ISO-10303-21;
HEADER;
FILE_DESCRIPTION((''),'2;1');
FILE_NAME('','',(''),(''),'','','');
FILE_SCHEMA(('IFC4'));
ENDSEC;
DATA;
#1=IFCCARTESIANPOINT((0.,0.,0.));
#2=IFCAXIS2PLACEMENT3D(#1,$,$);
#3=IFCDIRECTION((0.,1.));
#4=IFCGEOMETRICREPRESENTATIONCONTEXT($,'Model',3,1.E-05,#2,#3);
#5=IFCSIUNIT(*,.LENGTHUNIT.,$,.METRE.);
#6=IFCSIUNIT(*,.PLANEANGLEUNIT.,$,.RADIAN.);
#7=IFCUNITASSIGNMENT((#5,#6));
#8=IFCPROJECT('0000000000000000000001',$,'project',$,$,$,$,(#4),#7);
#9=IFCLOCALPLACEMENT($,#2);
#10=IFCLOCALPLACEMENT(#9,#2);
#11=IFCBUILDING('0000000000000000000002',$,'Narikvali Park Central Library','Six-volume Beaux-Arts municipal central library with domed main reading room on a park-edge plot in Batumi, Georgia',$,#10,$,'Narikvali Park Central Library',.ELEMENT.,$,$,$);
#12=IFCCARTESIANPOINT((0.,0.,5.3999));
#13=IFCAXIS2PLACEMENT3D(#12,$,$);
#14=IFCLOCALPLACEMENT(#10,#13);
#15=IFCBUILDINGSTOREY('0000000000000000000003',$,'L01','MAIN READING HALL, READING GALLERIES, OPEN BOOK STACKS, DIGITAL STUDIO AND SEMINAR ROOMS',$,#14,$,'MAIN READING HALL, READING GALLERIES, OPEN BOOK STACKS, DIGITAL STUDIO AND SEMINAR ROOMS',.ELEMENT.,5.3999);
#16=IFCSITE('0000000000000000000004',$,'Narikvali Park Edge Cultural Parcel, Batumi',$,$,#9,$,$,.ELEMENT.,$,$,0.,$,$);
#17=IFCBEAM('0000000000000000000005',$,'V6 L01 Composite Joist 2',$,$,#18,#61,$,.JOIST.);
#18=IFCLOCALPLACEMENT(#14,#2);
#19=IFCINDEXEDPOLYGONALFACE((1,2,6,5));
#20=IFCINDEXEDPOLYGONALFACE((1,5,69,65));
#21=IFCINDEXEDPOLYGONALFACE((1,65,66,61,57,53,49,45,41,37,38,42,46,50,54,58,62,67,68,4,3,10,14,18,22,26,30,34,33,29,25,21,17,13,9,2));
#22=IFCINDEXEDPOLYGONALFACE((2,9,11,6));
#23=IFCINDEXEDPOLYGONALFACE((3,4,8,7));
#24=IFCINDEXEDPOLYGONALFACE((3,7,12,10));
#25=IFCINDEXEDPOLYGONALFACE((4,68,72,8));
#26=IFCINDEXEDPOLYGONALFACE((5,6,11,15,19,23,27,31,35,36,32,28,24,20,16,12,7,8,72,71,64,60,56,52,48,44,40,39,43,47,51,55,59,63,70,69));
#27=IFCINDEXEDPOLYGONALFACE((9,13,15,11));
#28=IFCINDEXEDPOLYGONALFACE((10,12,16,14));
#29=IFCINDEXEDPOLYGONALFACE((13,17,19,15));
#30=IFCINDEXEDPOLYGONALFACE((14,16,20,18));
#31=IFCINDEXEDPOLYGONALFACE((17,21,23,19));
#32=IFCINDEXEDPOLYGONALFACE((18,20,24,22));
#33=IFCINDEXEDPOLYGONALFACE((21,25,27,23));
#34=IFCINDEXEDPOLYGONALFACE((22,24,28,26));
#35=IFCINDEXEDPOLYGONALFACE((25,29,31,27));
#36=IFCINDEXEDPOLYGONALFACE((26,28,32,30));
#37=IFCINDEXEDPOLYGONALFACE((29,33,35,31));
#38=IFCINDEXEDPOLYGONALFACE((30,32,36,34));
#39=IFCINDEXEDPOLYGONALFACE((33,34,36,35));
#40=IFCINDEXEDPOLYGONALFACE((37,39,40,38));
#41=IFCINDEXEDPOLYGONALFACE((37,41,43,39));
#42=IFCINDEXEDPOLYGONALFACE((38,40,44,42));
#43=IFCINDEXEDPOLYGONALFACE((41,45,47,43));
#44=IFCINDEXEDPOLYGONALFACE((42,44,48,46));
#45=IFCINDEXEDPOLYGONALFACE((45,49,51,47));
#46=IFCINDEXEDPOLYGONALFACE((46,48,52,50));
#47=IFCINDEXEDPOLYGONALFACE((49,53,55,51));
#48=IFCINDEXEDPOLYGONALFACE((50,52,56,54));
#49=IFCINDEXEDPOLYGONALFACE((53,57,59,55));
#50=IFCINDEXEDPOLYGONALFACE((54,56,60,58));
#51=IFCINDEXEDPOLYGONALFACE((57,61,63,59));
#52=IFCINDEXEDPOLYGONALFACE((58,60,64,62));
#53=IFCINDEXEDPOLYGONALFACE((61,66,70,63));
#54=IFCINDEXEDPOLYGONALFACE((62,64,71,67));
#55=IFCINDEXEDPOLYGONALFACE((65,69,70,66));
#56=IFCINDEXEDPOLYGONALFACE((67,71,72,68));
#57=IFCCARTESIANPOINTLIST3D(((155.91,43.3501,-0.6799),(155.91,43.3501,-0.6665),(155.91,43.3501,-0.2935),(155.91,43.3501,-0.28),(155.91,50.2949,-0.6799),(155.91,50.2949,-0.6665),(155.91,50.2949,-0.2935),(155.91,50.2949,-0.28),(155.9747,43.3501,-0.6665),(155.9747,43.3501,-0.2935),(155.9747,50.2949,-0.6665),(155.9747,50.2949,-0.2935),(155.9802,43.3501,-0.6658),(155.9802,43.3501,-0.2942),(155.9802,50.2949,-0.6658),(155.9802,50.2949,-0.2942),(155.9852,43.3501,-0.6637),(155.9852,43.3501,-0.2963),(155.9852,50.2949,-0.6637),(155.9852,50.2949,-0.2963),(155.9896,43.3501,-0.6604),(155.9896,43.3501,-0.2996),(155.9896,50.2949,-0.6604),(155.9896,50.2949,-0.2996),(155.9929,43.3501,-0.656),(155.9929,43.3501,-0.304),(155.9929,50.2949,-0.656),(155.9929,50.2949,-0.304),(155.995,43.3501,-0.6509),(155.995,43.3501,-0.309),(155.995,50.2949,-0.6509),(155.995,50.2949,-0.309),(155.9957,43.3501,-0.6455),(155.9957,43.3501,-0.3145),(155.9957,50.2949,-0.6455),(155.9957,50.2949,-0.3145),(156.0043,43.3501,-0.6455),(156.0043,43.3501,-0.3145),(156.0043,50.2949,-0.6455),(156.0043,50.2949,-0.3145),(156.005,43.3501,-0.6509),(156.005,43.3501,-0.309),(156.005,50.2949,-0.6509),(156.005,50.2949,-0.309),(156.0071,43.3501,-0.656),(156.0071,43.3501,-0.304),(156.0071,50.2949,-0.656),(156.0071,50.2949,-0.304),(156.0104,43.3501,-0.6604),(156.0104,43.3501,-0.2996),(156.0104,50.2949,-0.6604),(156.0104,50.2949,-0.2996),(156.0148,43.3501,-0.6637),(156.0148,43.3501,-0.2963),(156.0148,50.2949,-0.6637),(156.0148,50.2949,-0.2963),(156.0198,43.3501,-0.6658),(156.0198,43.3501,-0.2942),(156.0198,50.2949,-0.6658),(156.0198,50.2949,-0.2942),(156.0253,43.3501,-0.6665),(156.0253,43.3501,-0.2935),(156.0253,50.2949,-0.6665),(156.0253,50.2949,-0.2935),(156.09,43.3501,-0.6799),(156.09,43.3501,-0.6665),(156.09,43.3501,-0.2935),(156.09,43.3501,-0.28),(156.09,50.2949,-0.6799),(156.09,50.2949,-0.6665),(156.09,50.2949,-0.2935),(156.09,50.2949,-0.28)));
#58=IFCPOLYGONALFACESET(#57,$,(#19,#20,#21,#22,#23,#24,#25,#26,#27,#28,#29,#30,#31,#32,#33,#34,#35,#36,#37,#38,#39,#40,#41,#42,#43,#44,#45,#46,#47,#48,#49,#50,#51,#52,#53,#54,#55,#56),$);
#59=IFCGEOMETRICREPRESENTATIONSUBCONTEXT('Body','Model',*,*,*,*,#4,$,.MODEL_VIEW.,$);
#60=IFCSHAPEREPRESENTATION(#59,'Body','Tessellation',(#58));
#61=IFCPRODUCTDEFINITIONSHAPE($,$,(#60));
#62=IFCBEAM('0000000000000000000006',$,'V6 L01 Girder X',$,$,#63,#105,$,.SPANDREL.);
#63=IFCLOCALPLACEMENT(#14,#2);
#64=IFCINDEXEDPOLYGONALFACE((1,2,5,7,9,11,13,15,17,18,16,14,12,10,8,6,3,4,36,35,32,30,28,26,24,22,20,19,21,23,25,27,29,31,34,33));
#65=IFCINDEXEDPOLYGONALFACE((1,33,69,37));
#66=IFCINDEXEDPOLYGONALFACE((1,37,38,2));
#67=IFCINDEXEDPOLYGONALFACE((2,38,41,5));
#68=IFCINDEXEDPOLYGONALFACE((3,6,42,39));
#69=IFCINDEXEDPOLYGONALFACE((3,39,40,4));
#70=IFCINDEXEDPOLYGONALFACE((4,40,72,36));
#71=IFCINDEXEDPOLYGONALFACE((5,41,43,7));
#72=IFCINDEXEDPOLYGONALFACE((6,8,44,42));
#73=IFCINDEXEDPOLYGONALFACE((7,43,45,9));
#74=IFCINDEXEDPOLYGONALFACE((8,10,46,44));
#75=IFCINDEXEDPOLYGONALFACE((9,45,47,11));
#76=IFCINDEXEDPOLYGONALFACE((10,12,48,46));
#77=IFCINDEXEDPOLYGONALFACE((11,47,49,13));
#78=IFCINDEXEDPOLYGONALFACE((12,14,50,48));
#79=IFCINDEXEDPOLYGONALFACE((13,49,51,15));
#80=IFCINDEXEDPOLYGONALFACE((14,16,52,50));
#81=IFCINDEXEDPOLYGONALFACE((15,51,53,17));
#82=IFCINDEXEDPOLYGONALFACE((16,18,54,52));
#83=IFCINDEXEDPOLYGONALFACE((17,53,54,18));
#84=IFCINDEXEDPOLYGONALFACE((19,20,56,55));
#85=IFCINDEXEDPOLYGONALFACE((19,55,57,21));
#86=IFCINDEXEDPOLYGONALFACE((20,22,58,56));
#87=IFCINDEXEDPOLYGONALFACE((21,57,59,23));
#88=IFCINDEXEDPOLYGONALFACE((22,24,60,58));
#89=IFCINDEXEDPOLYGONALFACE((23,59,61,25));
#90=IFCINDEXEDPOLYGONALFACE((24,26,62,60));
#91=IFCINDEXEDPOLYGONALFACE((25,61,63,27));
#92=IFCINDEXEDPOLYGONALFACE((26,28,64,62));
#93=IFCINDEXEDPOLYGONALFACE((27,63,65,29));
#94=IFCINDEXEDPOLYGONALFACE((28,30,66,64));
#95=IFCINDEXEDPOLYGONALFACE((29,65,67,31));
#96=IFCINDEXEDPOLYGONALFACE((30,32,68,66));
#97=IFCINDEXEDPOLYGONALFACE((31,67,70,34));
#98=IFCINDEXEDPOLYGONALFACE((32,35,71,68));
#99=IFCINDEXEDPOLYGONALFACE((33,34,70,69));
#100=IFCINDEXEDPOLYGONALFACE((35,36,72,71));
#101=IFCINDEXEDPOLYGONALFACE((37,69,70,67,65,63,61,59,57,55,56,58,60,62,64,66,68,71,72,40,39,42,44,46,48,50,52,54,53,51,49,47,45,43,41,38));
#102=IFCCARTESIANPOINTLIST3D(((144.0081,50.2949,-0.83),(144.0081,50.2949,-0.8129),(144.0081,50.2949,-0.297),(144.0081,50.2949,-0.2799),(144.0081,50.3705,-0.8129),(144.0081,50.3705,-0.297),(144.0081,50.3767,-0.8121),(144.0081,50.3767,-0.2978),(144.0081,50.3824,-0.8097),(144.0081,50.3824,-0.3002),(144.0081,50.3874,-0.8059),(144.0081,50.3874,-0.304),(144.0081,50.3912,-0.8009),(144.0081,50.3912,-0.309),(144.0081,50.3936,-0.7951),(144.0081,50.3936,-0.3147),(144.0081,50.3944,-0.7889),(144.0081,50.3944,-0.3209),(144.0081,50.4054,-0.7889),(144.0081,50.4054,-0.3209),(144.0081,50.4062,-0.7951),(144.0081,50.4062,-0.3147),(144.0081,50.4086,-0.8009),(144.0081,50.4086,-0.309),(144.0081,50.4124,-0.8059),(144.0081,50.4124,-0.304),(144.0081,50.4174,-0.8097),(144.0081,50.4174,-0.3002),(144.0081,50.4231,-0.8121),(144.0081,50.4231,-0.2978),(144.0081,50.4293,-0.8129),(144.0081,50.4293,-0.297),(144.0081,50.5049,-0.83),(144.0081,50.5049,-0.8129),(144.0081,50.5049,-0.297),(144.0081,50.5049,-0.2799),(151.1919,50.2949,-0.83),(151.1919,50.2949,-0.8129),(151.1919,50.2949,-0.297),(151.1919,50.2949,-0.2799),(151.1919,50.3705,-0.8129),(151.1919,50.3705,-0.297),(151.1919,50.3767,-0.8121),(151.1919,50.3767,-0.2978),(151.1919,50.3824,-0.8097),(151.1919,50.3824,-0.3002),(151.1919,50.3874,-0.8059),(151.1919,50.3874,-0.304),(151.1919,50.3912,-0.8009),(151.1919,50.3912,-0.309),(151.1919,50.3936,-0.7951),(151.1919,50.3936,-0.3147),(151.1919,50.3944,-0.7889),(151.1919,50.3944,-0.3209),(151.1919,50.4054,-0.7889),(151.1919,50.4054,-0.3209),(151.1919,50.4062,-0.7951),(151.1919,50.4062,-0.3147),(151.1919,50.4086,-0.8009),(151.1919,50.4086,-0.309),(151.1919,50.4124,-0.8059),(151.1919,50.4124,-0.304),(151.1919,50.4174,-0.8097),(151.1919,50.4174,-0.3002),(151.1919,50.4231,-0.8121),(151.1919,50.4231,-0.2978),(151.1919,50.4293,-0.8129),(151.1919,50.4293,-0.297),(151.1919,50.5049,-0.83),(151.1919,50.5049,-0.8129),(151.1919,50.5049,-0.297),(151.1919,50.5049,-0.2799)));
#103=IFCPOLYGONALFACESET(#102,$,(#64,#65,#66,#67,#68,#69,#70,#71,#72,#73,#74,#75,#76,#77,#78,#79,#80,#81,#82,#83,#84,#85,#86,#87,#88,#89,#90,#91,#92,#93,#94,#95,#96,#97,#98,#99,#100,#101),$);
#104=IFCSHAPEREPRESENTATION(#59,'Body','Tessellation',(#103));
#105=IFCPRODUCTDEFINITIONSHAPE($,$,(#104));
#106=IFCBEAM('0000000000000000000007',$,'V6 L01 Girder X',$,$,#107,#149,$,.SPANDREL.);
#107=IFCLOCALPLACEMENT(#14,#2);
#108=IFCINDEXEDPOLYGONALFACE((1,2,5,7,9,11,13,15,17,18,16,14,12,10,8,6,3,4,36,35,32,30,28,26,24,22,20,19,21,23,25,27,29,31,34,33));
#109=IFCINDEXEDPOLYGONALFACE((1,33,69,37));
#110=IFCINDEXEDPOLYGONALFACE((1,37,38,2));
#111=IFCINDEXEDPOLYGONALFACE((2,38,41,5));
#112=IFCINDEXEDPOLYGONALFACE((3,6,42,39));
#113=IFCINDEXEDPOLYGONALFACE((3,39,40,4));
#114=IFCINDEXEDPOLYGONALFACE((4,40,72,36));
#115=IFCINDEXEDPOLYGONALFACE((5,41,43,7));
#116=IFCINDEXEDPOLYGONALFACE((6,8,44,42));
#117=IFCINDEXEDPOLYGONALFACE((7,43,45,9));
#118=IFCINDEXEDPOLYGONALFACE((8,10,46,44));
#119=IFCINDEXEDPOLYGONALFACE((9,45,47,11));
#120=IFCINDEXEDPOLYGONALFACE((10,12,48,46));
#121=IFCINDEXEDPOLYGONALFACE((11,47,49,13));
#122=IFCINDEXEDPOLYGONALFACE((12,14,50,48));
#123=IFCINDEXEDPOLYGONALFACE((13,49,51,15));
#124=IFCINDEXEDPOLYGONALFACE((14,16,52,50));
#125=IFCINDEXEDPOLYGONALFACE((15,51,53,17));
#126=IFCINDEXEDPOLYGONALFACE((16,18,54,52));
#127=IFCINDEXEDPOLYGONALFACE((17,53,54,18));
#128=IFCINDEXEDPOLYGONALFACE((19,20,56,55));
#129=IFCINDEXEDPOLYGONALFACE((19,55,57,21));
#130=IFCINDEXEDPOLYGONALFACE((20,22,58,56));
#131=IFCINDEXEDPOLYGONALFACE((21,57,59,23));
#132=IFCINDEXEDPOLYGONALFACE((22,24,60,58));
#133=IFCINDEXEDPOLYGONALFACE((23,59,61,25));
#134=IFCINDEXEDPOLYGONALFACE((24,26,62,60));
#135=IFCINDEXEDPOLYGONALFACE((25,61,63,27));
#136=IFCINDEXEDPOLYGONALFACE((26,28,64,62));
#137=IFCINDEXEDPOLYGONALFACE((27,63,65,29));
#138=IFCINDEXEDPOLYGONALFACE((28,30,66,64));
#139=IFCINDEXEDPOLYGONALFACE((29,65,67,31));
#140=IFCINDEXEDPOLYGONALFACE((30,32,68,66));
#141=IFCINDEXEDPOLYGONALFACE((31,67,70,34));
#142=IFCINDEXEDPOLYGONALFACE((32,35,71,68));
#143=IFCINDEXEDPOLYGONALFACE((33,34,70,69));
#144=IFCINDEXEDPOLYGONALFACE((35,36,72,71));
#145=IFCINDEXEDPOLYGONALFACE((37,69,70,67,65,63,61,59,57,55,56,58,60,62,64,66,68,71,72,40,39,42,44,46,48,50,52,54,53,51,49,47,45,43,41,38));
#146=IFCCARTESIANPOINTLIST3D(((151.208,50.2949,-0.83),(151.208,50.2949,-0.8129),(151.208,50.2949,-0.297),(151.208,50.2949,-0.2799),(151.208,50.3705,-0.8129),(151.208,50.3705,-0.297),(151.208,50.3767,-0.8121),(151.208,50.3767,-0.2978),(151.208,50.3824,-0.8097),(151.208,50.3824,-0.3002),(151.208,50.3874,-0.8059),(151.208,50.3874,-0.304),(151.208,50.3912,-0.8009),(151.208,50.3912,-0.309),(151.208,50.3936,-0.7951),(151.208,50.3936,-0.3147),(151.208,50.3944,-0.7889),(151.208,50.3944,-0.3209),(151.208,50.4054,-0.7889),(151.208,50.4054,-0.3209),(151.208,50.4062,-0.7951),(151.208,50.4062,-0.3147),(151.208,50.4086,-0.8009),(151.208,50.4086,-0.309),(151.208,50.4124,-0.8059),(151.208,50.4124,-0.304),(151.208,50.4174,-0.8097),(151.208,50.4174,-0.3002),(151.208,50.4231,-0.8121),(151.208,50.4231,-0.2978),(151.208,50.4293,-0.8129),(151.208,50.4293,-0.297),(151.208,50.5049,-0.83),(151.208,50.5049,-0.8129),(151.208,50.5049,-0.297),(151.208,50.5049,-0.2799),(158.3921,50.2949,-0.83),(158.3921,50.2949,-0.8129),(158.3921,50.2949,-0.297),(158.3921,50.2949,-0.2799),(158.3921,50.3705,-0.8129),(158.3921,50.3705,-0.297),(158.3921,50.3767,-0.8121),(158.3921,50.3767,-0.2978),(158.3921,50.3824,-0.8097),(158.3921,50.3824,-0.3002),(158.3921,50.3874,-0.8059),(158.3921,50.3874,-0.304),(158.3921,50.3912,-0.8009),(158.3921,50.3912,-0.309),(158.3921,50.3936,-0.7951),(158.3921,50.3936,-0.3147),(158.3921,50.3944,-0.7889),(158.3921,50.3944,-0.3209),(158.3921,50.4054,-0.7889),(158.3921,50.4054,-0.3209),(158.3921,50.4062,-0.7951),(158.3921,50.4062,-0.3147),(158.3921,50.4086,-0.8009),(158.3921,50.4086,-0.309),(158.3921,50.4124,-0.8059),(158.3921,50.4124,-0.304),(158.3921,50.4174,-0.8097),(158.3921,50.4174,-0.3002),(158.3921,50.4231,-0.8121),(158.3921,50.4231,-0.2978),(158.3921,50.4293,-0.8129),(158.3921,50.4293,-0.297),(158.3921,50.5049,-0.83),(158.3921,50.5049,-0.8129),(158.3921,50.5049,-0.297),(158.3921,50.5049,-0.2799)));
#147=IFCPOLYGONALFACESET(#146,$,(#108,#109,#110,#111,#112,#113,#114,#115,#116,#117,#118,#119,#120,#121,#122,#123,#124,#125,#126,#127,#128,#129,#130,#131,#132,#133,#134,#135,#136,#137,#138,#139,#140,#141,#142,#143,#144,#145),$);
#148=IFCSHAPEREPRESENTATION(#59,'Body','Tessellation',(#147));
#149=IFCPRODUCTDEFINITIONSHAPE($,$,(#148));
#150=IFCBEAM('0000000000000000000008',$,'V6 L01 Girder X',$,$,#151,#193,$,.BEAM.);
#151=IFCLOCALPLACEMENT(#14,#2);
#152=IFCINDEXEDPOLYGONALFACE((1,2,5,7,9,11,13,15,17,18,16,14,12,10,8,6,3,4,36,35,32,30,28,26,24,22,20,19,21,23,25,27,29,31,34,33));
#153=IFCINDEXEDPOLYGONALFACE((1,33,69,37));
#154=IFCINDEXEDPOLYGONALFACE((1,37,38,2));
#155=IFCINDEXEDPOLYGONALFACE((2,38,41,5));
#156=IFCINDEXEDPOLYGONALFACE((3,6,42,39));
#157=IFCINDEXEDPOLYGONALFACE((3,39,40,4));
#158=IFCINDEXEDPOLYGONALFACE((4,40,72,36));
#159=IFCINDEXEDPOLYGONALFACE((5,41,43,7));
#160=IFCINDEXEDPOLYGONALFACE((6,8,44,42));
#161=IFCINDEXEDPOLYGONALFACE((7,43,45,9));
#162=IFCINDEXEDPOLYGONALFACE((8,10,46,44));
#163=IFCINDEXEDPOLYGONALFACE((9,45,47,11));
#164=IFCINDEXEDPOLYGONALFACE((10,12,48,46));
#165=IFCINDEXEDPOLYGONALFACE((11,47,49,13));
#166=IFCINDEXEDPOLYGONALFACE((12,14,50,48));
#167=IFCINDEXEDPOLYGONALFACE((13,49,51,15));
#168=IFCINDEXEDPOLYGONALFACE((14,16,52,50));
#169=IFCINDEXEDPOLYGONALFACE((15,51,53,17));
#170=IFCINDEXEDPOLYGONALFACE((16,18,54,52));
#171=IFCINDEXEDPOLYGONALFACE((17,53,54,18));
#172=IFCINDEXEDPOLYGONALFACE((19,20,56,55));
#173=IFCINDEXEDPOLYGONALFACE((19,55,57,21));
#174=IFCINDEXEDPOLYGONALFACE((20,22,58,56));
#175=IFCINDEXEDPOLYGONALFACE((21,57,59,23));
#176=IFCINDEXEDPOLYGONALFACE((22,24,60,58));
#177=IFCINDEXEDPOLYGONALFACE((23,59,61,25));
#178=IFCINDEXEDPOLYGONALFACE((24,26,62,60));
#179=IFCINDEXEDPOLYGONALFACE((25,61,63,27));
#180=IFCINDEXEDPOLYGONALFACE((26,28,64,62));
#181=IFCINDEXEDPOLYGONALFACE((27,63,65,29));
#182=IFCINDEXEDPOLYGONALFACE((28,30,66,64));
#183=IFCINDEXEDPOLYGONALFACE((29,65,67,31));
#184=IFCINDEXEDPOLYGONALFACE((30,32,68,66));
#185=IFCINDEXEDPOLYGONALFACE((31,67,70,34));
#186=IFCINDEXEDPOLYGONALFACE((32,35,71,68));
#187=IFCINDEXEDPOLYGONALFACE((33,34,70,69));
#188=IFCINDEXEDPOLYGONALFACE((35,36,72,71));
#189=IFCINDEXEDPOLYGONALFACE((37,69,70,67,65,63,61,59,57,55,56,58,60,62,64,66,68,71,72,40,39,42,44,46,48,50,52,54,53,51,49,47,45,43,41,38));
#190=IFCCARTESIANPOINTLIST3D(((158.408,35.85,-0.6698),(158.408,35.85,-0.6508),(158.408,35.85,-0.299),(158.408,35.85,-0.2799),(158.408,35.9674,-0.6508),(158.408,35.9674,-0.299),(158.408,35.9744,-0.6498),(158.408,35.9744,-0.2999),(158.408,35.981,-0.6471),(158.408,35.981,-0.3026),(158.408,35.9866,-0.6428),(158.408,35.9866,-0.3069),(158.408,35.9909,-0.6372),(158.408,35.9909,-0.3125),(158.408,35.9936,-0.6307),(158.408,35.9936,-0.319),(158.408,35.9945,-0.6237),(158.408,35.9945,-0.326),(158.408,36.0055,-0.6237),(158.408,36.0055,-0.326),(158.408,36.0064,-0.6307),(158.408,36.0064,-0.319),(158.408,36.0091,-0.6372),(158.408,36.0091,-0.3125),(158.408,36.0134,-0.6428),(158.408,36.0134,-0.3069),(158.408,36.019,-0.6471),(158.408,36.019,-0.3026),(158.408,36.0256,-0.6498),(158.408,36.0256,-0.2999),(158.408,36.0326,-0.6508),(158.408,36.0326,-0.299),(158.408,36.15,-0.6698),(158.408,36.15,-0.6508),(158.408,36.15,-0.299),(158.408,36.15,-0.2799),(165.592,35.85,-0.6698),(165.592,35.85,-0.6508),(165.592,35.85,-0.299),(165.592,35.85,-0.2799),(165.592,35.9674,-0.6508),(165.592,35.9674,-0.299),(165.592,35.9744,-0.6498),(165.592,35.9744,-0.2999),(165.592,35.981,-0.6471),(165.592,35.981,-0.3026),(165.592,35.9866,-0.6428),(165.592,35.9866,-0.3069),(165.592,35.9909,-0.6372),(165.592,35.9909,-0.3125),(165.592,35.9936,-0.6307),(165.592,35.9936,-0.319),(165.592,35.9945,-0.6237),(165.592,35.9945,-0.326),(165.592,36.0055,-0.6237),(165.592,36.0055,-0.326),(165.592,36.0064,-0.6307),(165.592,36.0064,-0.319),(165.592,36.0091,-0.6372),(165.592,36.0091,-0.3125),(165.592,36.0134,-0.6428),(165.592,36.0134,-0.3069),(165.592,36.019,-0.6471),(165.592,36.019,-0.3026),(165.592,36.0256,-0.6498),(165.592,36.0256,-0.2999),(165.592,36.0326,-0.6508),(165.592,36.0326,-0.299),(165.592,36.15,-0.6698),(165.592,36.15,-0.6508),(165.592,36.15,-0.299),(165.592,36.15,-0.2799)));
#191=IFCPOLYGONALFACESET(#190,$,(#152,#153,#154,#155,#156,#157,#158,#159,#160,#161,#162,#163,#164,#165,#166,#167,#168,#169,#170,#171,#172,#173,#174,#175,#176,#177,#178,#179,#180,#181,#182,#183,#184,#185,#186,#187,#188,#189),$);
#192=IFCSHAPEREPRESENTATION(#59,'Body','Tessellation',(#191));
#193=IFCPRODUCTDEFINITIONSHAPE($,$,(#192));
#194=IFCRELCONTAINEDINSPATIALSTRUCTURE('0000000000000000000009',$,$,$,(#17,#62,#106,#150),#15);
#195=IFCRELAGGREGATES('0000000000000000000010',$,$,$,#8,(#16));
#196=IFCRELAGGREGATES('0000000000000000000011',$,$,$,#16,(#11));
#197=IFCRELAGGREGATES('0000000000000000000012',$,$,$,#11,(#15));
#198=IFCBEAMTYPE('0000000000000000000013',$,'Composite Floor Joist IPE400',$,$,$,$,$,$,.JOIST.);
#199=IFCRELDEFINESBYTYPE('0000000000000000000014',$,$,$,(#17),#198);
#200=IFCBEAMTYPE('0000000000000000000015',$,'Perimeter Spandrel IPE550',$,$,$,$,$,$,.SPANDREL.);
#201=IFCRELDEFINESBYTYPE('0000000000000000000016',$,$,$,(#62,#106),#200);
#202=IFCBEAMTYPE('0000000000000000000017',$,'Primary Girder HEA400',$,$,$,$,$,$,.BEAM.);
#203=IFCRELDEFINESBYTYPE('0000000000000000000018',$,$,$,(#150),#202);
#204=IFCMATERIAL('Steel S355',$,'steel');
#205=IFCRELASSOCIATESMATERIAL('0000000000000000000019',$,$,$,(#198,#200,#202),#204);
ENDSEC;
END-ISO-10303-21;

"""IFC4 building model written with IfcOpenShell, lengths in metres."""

from ifc_helpers import new_model, si_unit, direction, frame, origin, origin_2d, place, context, subcontext, project, spatial, i_section, extrude, material, material_profile, profile_set, type_object, element, save


model = new_model("IFC4")

# Units and contexts
model_context = context("Model", 3, precision=1e-05, world=origin(), true_north=direction((0.0, 1.0)))
body_context = subcontext(model_context, "Body", "Model", "MODEL_VIEW")
ifc_project = project(units=[si_unit("LENGTHUNIT", "METRE"), si_unit("PLANEANGLEUNIT", "RADIAN")], contexts=[model_context])

# Site, building, storey
site_placement = place(None, origin())
site = spatial("IfcSite", under=ifc_project, at=site_placement, Name="Narikvali Park Edge Cultural Parcel, Batumi", CompositionType="ELEMENT", RefElevation=0.0)
building_placement = place(site_placement, origin())
building = spatial("IfcBuilding", under=site, at=building_placement, Name="Narikvali Park Central Library", Description="Six-volume Beaux-Arts municipal central library with domed main reading room on a park-edge plot in Batumi, Georgia", LongName="Narikvali Park Central Library", CompositionType="ELEMENT")
storey_placement = place(building_placement, frame((0.0, 0.0, 5.3999)))
storey = spatial("IfcBuildingStorey", under=building, at=storey_placement, Name="L01", Description="MAIN READING HALL, READING GALLERIES, OPEN BOOK STACKS, DIGITAL STUDIO AND SEMINAR ROOMS", LongName="MAIN READING HALL, READING GALLERIES, OPEN BOOK STACKS, DIGITAL STUDIO AND SEMINAR ROOMS", CompositionType="ELEMENT", Elevation=5.3999)

# Shared definitions
ifc_material_1 = material(Name="Steel S355", Category="steel")

# Beams
ifc_material_profile_1 = material_profile(ifc_material_1, i_section(OverallWidth=0.1799, OverallDepth=0.3999, WebThickness=0.0085, FlangeThickness=0.0134, FilletRadius=0.021, at=origin_2d()), Name="IPE 400")
ifc_profile_set_1 = profile_set([ifc_material_profile_1], Name="Steel S355")
beam_type_1 = type_object("IfcBeamType", Name="Composite Floor Joist IPE400", PredefinedType="JOIST", material=ifc_profile_set_1)
for number, where, z_axis, x_axis, name in (
    (1, (156.0, 43.3501, -0.48), (0.0, 1.0, 0.0), (-1.0, 0.0, 0.0), "V6 L01 Composite Joist 2"),
):
    element("IfcBeam", number, at=place(storey_placement, frame(where, z_axis=z_axis, x_axis=x_axis)), inside=storey, type_object=beam_type_1, Name=name, PredefinedType="JOIST", context=body_context, shape_type="SweptSolid", body=[
        extrude(i_section(OverallWidth=0.1799, OverallDepth=0.3999, WebThickness=0.0085, FlangeThickness=0.0134, FilletRadius=0.021, at=origin_2d()), origin(), (0.0, 0.0, 1.0), 6.9448),
    ])
ifc_material_profile_2 = material_profile(ifc_material_1, i_section(OverallWidth=0.21, OverallDepth=0.55, WebThickness=0.011, FlangeThickness=0.0171, FilletRadius=0.0239, at=origin_2d()), Name="IPE 550")
ifc_profile_set_2 = profile_set([ifc_material_profile_2], Name="Steel S355")
beam_type_2 = type_object("IfcBeamType", Name="Perimeter Spandrel IPE550", PredefinedType="SPANDREL", material=ifc_profile_set_2)
beam_1_placement = place(storey_placement, frame((144.0081, 50.3999, -0.5549), z_axis=(1.0, 0.0, 0.0), x_axis=(0.0, 1.0, 0.0)))
element("IfcBeam", 2, at=beam_1_placement, inside=storey, type_object=beam_type_2, Name="V6 L01 Girder X", PredefinedType="SPANDREL", context=body_context, shape_type="SweptSolid", body=[
    extrude(i_section(OverallWidth=0.21, OverallDepth=0.55, WebThickness=0.011, FlangeThickness=0.0171, FilletRadius=0.0239, at=origin_2d()), origin(), (0.0, 0.0, 1.0), 7.1838),
])
beam_2_placement = place(storey_placement, frame((151.208, 50.3999, -0.5549), z_axis=(1.0, 0.0, 0.0), x_axis=(0.0, 1.0, 0.0)))
element("IfcBeam", 3, at=beam_2_placement, inside=storey, type_object=beam_type_2, Name="V6 L01 Girder X", PredefinedType="SPANDREL", context=body_context, shape_type="SweptSolid", body=[
    extrude(i_section(OverallWidth=0.21, OverallDepth=0.55, WebThickness=0.011, FlangeThickness=0.0171, FilletRadius=0.0239, at=origin_2d()), origin(), (0.0, 0.0, 1.0), 7.1841),
])
ifc_material_profile_3 = material_profile(ifc_material_1, i_section(OverallWidth=0.3, OverallDepth=0.3899, WebThickness=0.011, FlangeThickness=0.019, FilletRadius=0.0271, at=origin_2d()), Name="HEA 400")
ifc_profile_set_3 = profile_set([ifc_material_profile_3], Name="Steel S355")
beam_type_3 = type_object("IfcBeamType", Name="Primary Girder HEA400", PredefinedType="BEAM", material=ifc_profile_set_3)
beam_3_placement = place(storey_placement, frame((158.408, 36.0, -0.4749), z_axis=(1.0, 0.0, 0.0), x_axis=(0.0, 1.0, 0.0)))
element("IfcBeam", 4, at=beam_3_placement, inside=storey, type_object=beam_type_3, Name="V6 L01 Girder X", PredefinedType="BEAM", context=body_context, shape_type="SweptSolid", body=[
    extrude(i_section(OverallWidth=0.3, OverallDepth=0.3899, WebThickness=0.011, FlangeThickness=0.019, FilletRadius=0.0271, at=origin_2d()), origin(), (0.0, 0.0, 1.0), 7.1841),
])

save(model, "model.ifc")
